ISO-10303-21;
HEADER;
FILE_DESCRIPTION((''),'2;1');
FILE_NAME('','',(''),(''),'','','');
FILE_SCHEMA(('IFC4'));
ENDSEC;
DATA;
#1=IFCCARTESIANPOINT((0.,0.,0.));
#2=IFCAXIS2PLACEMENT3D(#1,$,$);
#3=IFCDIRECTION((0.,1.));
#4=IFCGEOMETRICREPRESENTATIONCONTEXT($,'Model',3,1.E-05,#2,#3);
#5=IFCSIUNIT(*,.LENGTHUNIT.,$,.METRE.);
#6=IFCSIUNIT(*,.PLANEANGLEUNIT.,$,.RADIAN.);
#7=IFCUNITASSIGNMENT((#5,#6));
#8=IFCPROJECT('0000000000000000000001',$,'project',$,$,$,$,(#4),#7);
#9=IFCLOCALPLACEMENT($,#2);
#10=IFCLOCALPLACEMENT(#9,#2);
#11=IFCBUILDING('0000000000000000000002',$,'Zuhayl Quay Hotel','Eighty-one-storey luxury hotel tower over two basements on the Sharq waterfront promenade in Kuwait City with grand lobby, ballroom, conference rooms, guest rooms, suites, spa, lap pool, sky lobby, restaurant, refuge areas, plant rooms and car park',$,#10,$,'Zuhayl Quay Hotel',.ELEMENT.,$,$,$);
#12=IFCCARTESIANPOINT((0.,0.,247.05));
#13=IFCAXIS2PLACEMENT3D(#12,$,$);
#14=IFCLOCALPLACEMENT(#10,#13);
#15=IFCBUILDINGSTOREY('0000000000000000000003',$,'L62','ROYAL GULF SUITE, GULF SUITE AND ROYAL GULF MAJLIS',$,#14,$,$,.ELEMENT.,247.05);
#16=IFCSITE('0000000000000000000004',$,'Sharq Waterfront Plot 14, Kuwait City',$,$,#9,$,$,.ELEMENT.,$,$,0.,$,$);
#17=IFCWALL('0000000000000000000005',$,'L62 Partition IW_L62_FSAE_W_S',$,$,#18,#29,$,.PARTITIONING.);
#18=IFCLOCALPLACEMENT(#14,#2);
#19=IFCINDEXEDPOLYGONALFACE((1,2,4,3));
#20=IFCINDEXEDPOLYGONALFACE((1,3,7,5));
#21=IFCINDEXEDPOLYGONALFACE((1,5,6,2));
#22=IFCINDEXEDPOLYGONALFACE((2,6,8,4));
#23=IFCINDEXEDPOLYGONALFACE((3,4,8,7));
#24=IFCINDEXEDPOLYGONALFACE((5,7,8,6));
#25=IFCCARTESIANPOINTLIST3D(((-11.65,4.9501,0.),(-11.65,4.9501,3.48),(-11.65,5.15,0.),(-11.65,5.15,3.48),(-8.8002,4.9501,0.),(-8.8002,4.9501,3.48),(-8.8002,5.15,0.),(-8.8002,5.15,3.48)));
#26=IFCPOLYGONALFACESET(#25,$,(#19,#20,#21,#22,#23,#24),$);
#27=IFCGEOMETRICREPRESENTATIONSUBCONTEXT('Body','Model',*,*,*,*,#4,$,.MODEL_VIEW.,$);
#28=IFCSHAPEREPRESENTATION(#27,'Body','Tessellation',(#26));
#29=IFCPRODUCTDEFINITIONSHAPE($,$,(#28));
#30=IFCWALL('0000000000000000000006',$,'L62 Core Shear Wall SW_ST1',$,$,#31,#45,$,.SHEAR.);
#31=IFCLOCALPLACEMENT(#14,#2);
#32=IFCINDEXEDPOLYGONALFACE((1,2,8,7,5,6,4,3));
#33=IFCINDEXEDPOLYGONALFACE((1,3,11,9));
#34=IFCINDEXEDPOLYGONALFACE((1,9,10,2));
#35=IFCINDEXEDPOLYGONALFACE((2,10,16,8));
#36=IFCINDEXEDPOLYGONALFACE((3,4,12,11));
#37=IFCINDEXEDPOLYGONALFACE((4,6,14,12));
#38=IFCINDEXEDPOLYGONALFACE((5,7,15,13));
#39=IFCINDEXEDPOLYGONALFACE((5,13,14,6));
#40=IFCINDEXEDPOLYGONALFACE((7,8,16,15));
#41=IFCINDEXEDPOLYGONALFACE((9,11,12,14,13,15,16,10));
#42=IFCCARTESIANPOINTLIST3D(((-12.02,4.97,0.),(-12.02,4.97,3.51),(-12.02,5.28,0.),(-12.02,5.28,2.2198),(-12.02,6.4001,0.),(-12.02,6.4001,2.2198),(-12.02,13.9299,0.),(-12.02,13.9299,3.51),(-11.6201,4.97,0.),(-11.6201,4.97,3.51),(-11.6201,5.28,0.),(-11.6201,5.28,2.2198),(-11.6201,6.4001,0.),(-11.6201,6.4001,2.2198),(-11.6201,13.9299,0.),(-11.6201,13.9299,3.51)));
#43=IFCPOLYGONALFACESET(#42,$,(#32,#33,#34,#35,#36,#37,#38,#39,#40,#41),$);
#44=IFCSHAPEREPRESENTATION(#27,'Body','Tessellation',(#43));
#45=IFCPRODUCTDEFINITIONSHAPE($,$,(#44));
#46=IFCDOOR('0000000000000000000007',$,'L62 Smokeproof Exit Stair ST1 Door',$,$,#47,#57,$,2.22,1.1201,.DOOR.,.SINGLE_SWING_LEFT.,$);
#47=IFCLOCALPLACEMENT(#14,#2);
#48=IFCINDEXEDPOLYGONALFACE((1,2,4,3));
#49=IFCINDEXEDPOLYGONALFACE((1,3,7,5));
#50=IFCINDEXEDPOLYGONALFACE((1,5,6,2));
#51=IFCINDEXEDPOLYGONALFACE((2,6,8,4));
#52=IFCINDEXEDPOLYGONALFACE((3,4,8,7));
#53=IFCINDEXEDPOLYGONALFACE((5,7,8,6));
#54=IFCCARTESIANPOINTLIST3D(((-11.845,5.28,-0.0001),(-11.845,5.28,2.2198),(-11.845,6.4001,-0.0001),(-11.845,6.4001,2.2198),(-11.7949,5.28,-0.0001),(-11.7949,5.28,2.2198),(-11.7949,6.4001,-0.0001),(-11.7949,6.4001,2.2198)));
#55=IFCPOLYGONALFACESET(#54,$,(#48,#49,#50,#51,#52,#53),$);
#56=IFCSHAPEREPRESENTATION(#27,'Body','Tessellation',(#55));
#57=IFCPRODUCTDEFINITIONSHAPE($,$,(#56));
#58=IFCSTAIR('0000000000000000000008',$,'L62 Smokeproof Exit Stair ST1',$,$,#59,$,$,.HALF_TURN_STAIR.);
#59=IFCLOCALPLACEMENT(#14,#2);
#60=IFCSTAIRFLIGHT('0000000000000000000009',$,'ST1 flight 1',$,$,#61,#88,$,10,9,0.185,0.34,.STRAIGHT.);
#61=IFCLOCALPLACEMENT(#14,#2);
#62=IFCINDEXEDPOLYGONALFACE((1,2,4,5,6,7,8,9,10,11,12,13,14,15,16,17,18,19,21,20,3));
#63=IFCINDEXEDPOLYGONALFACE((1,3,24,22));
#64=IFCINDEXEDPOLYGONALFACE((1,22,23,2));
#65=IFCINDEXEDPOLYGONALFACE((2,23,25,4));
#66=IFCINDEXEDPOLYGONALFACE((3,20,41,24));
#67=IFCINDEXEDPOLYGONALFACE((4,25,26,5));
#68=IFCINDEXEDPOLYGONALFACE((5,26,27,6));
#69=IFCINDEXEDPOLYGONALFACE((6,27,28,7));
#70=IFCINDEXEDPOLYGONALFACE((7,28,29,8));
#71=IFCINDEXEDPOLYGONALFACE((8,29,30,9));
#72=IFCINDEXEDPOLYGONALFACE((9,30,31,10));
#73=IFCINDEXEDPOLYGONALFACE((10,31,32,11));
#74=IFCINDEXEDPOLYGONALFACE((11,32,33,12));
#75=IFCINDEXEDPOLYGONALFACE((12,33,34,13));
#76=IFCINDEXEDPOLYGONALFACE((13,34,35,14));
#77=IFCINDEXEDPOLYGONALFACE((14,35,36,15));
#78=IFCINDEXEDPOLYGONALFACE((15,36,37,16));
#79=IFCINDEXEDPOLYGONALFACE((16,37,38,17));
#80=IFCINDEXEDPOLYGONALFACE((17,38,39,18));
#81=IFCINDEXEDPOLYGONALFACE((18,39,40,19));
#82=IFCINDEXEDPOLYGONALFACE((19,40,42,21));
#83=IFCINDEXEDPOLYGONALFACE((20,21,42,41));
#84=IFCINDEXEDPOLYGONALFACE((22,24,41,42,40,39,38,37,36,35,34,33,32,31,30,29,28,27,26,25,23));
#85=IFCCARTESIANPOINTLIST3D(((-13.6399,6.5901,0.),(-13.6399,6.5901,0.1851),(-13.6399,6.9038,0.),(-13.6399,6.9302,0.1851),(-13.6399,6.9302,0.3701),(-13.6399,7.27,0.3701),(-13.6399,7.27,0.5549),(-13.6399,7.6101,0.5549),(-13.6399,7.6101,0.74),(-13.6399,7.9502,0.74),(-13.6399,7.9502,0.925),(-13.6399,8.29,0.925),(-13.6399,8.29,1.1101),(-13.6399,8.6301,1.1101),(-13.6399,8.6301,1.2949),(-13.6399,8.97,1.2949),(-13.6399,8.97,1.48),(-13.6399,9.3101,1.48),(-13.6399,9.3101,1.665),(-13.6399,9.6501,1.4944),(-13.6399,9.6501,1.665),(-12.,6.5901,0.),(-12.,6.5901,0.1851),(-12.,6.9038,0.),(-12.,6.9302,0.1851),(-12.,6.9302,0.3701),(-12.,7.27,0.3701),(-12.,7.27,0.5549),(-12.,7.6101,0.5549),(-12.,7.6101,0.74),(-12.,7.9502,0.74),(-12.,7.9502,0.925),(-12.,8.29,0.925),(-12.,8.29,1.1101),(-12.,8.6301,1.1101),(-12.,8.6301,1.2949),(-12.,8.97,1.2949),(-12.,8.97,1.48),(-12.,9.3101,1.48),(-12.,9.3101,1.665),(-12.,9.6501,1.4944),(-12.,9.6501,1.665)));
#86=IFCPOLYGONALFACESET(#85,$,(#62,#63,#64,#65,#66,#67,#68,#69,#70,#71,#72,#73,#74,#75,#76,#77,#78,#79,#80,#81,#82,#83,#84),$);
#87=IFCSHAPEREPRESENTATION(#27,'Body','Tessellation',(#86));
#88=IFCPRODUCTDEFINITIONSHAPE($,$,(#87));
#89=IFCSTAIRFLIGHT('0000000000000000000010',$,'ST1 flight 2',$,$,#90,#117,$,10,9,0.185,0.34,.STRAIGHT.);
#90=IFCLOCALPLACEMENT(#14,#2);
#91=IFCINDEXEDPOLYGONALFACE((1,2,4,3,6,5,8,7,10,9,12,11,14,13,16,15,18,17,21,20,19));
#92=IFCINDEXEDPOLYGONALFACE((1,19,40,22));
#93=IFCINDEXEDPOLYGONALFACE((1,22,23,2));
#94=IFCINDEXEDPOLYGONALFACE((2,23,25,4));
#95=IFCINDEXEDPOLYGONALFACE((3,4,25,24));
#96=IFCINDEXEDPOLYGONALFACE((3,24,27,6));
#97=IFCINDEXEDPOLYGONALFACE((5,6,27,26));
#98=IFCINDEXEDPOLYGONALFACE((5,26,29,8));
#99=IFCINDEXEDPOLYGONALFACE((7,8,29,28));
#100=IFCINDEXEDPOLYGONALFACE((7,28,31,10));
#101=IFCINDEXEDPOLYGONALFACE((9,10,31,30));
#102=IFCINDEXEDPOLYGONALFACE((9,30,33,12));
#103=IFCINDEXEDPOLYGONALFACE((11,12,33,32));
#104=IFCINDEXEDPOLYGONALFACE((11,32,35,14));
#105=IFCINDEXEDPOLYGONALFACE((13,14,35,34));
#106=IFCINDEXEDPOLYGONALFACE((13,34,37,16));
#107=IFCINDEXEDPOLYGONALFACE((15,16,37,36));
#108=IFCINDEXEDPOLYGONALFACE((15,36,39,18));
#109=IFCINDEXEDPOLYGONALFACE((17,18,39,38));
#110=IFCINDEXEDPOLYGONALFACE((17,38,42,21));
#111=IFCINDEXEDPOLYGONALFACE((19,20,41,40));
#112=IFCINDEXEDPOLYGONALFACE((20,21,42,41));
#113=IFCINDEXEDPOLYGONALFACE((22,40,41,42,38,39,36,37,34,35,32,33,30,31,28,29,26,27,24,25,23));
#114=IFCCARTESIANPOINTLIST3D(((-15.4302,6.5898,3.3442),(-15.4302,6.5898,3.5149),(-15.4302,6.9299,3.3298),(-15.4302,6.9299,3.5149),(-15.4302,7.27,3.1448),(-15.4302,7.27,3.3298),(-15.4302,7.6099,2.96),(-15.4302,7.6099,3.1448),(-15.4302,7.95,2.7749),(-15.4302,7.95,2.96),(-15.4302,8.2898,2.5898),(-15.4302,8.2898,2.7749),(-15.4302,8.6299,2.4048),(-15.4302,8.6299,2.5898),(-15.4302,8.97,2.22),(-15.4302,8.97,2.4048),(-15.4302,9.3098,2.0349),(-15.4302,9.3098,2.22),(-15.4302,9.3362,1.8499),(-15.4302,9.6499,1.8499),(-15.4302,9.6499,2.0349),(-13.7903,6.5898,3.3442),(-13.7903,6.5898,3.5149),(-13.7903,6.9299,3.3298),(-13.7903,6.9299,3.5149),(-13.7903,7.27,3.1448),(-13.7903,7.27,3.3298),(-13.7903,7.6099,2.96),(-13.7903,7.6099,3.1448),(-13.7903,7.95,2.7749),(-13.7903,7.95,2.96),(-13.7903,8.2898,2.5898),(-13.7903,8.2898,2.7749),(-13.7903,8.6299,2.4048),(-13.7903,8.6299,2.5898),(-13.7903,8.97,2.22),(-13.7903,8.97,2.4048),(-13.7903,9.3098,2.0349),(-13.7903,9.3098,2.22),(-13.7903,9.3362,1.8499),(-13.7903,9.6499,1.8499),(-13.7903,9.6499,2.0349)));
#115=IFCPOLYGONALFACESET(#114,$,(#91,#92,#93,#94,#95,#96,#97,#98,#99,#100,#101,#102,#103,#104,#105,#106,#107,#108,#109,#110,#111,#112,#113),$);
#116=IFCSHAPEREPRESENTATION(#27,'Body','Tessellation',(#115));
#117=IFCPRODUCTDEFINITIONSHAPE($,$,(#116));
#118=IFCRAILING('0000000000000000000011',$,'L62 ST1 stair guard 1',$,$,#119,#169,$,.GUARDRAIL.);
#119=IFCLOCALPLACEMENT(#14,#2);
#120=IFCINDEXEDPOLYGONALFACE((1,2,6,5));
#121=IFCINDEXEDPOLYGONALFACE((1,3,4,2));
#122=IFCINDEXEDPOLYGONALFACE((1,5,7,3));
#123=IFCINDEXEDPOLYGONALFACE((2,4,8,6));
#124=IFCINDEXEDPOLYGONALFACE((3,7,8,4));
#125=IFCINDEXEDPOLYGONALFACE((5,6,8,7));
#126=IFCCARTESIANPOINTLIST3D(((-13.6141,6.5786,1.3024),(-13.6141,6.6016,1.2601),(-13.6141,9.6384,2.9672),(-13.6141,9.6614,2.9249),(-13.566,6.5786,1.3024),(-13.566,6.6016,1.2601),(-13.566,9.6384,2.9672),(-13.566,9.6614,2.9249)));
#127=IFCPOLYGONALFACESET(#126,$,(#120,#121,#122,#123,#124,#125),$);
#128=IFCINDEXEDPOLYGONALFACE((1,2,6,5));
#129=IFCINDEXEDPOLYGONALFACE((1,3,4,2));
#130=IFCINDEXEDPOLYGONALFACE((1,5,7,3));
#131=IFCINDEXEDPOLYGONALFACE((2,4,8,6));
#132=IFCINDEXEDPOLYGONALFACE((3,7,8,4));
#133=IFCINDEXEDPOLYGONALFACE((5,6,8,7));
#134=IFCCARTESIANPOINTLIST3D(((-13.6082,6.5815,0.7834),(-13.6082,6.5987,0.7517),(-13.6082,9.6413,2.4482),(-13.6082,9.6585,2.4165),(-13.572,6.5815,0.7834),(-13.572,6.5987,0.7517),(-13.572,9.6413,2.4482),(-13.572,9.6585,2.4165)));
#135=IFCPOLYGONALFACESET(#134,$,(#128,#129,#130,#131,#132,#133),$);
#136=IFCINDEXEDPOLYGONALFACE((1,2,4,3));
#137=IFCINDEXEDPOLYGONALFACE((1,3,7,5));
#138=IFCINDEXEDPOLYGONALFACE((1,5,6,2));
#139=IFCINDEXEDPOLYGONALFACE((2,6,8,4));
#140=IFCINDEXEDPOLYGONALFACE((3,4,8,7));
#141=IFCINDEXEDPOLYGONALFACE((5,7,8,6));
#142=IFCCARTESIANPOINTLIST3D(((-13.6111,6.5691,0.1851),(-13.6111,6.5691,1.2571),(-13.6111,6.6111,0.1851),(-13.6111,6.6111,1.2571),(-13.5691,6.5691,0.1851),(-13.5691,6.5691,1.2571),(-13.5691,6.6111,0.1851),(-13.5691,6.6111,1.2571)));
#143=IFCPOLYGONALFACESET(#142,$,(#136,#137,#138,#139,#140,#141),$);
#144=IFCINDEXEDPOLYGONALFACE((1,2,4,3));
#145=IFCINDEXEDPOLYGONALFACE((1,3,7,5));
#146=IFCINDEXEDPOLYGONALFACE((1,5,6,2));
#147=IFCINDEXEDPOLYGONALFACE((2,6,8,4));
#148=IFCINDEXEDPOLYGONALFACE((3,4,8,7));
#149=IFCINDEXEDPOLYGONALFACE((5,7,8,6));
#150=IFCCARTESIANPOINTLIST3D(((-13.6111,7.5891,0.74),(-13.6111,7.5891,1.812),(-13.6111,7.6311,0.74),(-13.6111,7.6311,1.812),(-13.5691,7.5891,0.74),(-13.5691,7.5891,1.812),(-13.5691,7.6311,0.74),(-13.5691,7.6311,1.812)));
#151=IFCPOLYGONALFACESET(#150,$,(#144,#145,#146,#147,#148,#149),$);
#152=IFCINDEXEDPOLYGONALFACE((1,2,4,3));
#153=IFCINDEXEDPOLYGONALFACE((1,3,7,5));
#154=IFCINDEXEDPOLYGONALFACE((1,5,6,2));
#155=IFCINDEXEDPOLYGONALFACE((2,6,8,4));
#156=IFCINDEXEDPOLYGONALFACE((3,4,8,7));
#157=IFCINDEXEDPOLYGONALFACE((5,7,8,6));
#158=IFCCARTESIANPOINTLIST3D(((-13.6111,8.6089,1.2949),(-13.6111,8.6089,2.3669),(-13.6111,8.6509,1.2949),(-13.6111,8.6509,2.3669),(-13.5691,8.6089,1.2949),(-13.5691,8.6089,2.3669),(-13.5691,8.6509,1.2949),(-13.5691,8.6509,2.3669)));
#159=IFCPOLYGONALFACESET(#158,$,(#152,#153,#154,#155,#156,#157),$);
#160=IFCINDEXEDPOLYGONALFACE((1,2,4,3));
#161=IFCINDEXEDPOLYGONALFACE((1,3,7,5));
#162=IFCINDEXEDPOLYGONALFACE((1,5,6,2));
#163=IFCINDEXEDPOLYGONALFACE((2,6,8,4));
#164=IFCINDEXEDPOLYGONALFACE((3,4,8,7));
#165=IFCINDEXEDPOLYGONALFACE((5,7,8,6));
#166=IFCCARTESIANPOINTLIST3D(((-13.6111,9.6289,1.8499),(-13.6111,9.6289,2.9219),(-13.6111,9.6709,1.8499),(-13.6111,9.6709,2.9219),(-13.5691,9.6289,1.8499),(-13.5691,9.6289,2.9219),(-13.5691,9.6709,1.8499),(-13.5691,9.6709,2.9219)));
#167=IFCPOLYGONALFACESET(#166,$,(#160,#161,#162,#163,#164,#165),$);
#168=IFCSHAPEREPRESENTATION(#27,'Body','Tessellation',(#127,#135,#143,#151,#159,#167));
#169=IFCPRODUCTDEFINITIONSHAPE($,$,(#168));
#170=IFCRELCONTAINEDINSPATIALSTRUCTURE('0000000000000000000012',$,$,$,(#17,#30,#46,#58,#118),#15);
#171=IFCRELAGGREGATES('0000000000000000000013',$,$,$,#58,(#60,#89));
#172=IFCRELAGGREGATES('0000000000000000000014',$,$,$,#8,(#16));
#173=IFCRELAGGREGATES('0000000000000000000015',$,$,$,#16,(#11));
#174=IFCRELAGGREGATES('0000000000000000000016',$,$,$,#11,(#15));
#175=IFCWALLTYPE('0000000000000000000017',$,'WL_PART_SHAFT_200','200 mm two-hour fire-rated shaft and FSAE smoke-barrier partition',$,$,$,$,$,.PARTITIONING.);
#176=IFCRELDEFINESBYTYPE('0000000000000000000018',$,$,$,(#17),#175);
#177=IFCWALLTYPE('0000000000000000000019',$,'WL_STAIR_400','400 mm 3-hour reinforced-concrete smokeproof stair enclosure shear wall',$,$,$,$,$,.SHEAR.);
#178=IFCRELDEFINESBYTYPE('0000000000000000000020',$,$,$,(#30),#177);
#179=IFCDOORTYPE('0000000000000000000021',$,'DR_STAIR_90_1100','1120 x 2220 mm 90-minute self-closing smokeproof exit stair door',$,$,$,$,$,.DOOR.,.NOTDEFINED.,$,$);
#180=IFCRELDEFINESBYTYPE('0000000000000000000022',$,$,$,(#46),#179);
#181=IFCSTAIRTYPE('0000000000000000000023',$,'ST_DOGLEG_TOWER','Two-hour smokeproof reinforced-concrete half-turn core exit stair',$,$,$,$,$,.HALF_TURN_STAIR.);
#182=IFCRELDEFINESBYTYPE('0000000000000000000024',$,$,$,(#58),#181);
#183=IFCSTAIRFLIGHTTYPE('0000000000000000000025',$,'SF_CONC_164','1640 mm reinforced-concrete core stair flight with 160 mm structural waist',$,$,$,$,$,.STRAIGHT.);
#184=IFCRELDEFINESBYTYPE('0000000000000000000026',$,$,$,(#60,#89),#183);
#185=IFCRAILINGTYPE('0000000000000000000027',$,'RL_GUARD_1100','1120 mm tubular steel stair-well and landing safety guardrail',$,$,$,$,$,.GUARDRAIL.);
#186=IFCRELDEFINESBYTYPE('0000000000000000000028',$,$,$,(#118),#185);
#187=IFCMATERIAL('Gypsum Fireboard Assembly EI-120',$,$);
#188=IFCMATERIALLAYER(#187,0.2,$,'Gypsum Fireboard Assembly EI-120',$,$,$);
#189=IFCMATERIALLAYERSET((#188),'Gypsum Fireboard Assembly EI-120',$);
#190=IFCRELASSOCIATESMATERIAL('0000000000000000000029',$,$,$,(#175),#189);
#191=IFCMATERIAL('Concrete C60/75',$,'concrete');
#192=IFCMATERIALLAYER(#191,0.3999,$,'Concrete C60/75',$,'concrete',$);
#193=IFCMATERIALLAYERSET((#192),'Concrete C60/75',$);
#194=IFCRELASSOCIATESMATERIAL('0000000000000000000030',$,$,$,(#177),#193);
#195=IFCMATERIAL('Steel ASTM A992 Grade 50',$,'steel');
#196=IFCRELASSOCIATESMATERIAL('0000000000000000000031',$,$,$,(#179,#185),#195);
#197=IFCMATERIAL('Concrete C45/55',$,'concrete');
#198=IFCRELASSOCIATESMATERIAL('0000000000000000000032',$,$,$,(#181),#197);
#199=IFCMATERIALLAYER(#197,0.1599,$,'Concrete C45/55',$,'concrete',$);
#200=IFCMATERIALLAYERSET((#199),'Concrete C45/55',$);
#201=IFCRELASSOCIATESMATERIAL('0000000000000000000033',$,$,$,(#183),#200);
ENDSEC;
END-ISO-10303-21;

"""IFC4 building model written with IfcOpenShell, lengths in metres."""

from ifc_helpers import new_model, si_unit, direction, frame, frame_2d, origin, origin_2d, place, context, subcontext, project, spatial, polyline, rectangle, outline, extrude, material, layer, layer_set, type_object, element, fill, aggregate, save


model = new_model("IFC4")

# Units and contexts
model_context = context("Model", 3, precision=1e-05, world=origin(), true_north=direction((0.0, 1.0)))
body_context = subcontext(model_context, "Body", "Model", "MODEL_VIEW")
ifc_project = project(units=[si_unit("LENGTHUNIT", "METRE"), si_unit("PLANEANGLEUNIT", "RADIAN")], contexts=[model_context])

# Site, building, storey
site_placement = place(None, origin())
site = spatial("IfcSite", under=ifc_project, at=site_placement, Name="Sharq Waterfront Plot 14, Kuwait City", CompositionType="ELEMENT", RefElevation=0.0)
building_placement = place(site_placement, origin())
building = spatial("IfcBuilding", under=site, at=building_placement, Name="Zuhayl Quay Hotel", Description="Eighty-one-storey luxury hotel tower over two basements on the Sharq waterfront promenade in Kuwait City with grand lobby, ballroom, conference rooms, guest rooms, suites, spa, lap pool, sky lobby, restaurant, refuge areas, plant rooms and car park", LongName="Zuhayl Quay Hotel", CompositionType="ELEMENT")
storey_placement = place(building_placement, frame((0.0, 0.0, 247.05)))
storey = spatial("IfcBuildingStorey", under=building, at=storey_placement, Name="L62", Description="ROYAL GULF SUITE, GULF SUITE AND ROYAL GULF MAJLIS", CompositionType="ELEMENT", Elevation=247.05)

# Shared definitions
ifc_material_1 = material(Name="Concrete C60/75", Category="concrete")

# Wall
ifc_material_2 = material(Name="Gypsum Fireboard Assembly EI-120")
ifc_layer_1 = layer(ifc_material_2, 0.2, Name="Gypsum Fireboard Assembly EI-120")
ifc_layer_set_1 = layer_set([ifc_layer_1], Name="Gypsum Fireboard Assembly EI-120")
wall_type_1 = type_object("IfcWallType", Name="WL_PART_SHAFT_200", Description="200 mm two-hour fire-rated shaft and FSAE smoke-barrier partition", PredefinedType="PARTITIONING", material=ifc_layer_set_1)
wall_1_placement = place(storey_placement, frame((-11.6499, 5.05, 0.0), z_axis=(0.0, 0.0, 1.0), x_axis=(1.0, 0.0, 0.0)))
element("IfcWall", 1, at=wall_1_placement, inside=storey, type_object=wall_type_1, Name="L62 Partition IW_L62_FSAE_W_S", PredefinedType="PARTITIONING", context=body_context, shape_type="SweptSolid", body=[
    extrude(rectangle(XDim=2.8499, YDim=0.2, at=frame_2d((1.4248, 0.0))), origin(), (0.0, 0.0, 1.0), 3.48),
])

# Wall, opening, door
ifc_layer_2 = layer(ifc_material_1, 0.3999, Name="Concrete C60/75", Category="concrete")
ifc_layer_set_2 = layer_set([ifc_layer_2], Name="Concrete C60/75")
wall_type_2 = type_object("IfcWallType", Name="WL_STAIR_400", Description="400 mm 3-hour reinforced-concrete smokeproof stair enclosure shear wall", PredefinedType="SHEAR", material=ifc_layer_set_2)
wall_2_placement = place(storey_placement, frame((-11.8201, 4.97, 0.0), z_axis=(0.0, 0.0, 1.0), x_axis=(0.0, 1.0, 0.0)))
wall_2 = element("IfcWall", 2, at=wall_2_placement, inside=storey, type_object=wall_type_2, Name="L62 Core Shear Wall SW_ST1", PredefinedType="SHEAR", context=body_context, shape_type="SweptSolid", body=[
    extrude(rectangle(XDim=8.96, YDim=0.3999, at=frame_2d((4.48, 0.0))), origin(), (0.0, 0.0, 1.0), 3.51),
])
opening_1_placement = place(wall_2_placement, frame((0.3101, 0.0, 0.0)))
opening_1 = element("IfcOpeningElement", 3, at=opening_1_placement, cuts=wall_2, PredefinedType="OPENING", context=body_context, shape_type="SweptSolid", body=[
    extrude(rectangle(XDim=1.1201, YDim=2.22, at=frame_2d((0.5601, 1.1099))), frame((0.0, 0.21, 0.0), z_axis=(0.0, -1.0, 0.0), x_axis=(1.0, 0.0, 0.0)), (0.0, 0.0, 1.0), 0.4199),
])
ifc_material_3 = material(Name="Steel ASTM A992 Grade 50", Category="steel")
door_type_1 = type_object("IfcDoorType", Name="DR_STAIR_90_1100", Description="1120 x 2220 mm 90-minute self-closing smokeproof exit stair door", OperationType="NOTDEFINED", PredefinedType="DOOR", material=ifc_material_3)
door_1_placement = place(opening_1_placement, origin())
door_1 = element("IfcDoor", 4, at=door_1_placement, inside=storey, type_object=door_type_1, Name="L62 Smokeproof Exit Stair ST1 Door", OperationType="SINGLE_SWING_LEFT", OverallHeight=2.22, OverallWidth=1.1201, PredefinedType="DOOR", context=body_context, shape_type="SweptSolid", body=[
    extrude(rectangle(XDim=1.1201, YDim=2.22, at=frame_2d((0.5601, 1.1099))), frame((0.0, 0.0249, 0.0), z_axis=(0.0, -1.0, 0.0), x_axis=(1.0, 0.0, 0.0)), (0.0, 0.0, 1.0), 0.05),
])
fill(opening_1, door_1)

# Stair, stair flights
ifc_material_4 = material(Name="Concrete C45/55", Category="concrete")
stair_type = type_object("IfcStairType", Name="ST_DOGLEG_TOWER", Description="Two-hour smokeproof reinforced-concrete half-turn core exit stair", PredefinedType="HALF_TURN_STAIR", material=ifc_material_4)
stair_placement = place(storey_placement, origin())
stair = element("IfcStair", 5, at=stair_placement, inside=storey, type_object=stair_type, Name="L62 Smokeproof Exit Stair ST1", PredefinedType="HALF_TURN_STAIR")
ifc_layer_3 = layer(ifc_material_4, 0.1599, Name="Concrete C45/55", Category="concrete")
ifc_layer_set_3 = layer_set([ifc_layer_3], Name="Concrete C45/55")
stair_flight_type = type_object("IfcStairFlightType", Name="SF_CONC_164", Description="1640 mm reinforced-concrete core stair flight with 160 mm structural waist", PredefinedType="STRAIGHT", material=ifc_layer_set_3)
stair_flight_1_placement = place(storey_placement, frame((-12.8201, 6.5901, 0.0), z_axis=(0.0, 0.0, 1.0), x_axis=(0.0, 1.0, 0.0)))
stair_flight_1 = element("IfcStairFlight", 6, at=stair_flight_1_placement, type_object=stair_flight_type, Name="ST1 flight 1", NumberOfRisers=10, NumberOfTreads=9, PredefinedType="STRAIGHT", RiserHeight=0.185, TreadLength=0.34, context=body_context, shape_type="SweptSolid", body=[
    extrude(outline(polyline([(0.0, 0.0), (0.0, 0.1851), (0.3401, 0.1851), (0.3401, 0.3701), (0.6799, 0.3701), (0.6799, 0.5549), (1.02, 0.5549), (1.02, 0.74), (1.3601, 0.74), (1.3601, 0.925), (1.7, 0.925), (1.7, 1.1101), (2.04, 1.1101), (2.04, 1.2949), (2.3799, 1.2949), (2.3799, 1.48), (2.72, 1.48), (2.72, 1.665), (3.0601, 1.665), (3.0601, 1.8501), (3.0601, 1.4944), (0.3137, 0.0), (0.0, 0.0)])), frame((0.0, 0.8198, 0.0), z_axis=(0.0, -1.0, 0.0), x_axis=(1.0, 0.0, 0.0)), (0.0, 0.0, 1.0), 1.6399),
])
stair_flight_2_placement = place(storey_placement, frame((-14.6101, 9.6499, 1.8499), z_axis=(0.0, 0.0, 1.0), x_axis=(0.0, -1.0, 0.0)))
stair_flight_2 = element("IfcStairFlight", 7, at=stair_flight_2_placement, type_object=stair_flight_type, Name="ST1 flight 2", NumberOfRisers=10, NumberOfTreads=9, PredefinedType="STRAIGHT", RiserHeight=0.185, TreadLength=0.34, context=body_context, shape_type="SweptSolid", body=[
    extrude(outline(polyline([(0.0, 0.0), (0.0, 0.1851), (0.3401, 0.1851), (0.3401, 0.3701), (0.6799, 0.3701), (0.6799, 0.5549), (1.02, 0.5549), (1.02, 0.74), (1.3601, 0.74), (1.3601, 0.925), (1.7, 0.925), (1.7, 1.1101), (2.04, 1.1101), (2.04, 1.2949), (2.3799, 1.2949), (2.3799, 1.48), (2.72, 1.48), (2.72, 1.665), (3.0601, 1.665), (3.0601, 1.8501), (3.0601, 1.4944), (0.3137, 0.0), (0.0, 0.0)])), frame((0.0, 0.8198, 0.0), z_axis=(0.0, -1.0, 0.0), x_axis=(1.0, 0.0, 0.0)), (0.0, 0.0, 1.0), 1.6399),
])
aggregate(stair, [stair_flight_1, stair_flight_2])

# Railing
railing_type_1 = type_object("IfcRailingType", Name="RL_GUARD_1100", Description="1120 mm tubular steel stair-well and landing safety guardrail", PredefinedType="GUARDRAIL", material=ifc_material_3)
railing_1_placement = place(storey_placement, frame((-13.5901, 6.5901, 0.1851)))
element("IfcRailing", 8, at=railing_1_placement, inside=storey, type_object=railing_type_1, Name="L62 ST1 stair guard 1", PredefinedType="GUARDRAIL", context=body_context, shape_type="SweptSolid", body=[
    extrude(rectangle(XDim=0.0481, YDim=0.0481, at=origin_2d()), frame((0.0, 0.0, 1.0962), z_axis=(0.0, 0.878401, 0.477924), x_axis=(-1.0, 0.0, 0.0)), (0.0, 0.0, 1.0), 3.4834),
    extrude(rectangle(XDim=0.0361, YDim=0.0361, at=origin_2d()), frame((0.0, 0.0, 0.5825), z_axis=(0.0, 0.878401, 0.477924), x_axis=(-1.0, 0.0, 0.0)), (0.0, 0.0, 1.0), 3.4834),
    extrude(rectangle(XDim=0.042, YDim=0.042, at=origin_2d()), origin(), (0.0, 0.0, 1.0), 1.072),
    extrude(rectangle(XDim=0.042, YDim=0.042, at=origin_2d()), frame((0.0, 1.02, 0.5549)), (0.0, 0.0, 1.0), 1.072),
    extrude(rectangle(XDim=0.042, YDim=0.042, at=origin_2d()), frame((0.0, 2.0398, 1.1099)), (0.0, 0.0, 1.0), 1.072),
    extrude(rectangle(XDim=0.042, YDim=0.042, at=origin_2d()), frame((0.0, 3.0598, 1.6648)), (0.0, 0.0, 1.0), 1.072),
])

save(model, "model.ifc")
